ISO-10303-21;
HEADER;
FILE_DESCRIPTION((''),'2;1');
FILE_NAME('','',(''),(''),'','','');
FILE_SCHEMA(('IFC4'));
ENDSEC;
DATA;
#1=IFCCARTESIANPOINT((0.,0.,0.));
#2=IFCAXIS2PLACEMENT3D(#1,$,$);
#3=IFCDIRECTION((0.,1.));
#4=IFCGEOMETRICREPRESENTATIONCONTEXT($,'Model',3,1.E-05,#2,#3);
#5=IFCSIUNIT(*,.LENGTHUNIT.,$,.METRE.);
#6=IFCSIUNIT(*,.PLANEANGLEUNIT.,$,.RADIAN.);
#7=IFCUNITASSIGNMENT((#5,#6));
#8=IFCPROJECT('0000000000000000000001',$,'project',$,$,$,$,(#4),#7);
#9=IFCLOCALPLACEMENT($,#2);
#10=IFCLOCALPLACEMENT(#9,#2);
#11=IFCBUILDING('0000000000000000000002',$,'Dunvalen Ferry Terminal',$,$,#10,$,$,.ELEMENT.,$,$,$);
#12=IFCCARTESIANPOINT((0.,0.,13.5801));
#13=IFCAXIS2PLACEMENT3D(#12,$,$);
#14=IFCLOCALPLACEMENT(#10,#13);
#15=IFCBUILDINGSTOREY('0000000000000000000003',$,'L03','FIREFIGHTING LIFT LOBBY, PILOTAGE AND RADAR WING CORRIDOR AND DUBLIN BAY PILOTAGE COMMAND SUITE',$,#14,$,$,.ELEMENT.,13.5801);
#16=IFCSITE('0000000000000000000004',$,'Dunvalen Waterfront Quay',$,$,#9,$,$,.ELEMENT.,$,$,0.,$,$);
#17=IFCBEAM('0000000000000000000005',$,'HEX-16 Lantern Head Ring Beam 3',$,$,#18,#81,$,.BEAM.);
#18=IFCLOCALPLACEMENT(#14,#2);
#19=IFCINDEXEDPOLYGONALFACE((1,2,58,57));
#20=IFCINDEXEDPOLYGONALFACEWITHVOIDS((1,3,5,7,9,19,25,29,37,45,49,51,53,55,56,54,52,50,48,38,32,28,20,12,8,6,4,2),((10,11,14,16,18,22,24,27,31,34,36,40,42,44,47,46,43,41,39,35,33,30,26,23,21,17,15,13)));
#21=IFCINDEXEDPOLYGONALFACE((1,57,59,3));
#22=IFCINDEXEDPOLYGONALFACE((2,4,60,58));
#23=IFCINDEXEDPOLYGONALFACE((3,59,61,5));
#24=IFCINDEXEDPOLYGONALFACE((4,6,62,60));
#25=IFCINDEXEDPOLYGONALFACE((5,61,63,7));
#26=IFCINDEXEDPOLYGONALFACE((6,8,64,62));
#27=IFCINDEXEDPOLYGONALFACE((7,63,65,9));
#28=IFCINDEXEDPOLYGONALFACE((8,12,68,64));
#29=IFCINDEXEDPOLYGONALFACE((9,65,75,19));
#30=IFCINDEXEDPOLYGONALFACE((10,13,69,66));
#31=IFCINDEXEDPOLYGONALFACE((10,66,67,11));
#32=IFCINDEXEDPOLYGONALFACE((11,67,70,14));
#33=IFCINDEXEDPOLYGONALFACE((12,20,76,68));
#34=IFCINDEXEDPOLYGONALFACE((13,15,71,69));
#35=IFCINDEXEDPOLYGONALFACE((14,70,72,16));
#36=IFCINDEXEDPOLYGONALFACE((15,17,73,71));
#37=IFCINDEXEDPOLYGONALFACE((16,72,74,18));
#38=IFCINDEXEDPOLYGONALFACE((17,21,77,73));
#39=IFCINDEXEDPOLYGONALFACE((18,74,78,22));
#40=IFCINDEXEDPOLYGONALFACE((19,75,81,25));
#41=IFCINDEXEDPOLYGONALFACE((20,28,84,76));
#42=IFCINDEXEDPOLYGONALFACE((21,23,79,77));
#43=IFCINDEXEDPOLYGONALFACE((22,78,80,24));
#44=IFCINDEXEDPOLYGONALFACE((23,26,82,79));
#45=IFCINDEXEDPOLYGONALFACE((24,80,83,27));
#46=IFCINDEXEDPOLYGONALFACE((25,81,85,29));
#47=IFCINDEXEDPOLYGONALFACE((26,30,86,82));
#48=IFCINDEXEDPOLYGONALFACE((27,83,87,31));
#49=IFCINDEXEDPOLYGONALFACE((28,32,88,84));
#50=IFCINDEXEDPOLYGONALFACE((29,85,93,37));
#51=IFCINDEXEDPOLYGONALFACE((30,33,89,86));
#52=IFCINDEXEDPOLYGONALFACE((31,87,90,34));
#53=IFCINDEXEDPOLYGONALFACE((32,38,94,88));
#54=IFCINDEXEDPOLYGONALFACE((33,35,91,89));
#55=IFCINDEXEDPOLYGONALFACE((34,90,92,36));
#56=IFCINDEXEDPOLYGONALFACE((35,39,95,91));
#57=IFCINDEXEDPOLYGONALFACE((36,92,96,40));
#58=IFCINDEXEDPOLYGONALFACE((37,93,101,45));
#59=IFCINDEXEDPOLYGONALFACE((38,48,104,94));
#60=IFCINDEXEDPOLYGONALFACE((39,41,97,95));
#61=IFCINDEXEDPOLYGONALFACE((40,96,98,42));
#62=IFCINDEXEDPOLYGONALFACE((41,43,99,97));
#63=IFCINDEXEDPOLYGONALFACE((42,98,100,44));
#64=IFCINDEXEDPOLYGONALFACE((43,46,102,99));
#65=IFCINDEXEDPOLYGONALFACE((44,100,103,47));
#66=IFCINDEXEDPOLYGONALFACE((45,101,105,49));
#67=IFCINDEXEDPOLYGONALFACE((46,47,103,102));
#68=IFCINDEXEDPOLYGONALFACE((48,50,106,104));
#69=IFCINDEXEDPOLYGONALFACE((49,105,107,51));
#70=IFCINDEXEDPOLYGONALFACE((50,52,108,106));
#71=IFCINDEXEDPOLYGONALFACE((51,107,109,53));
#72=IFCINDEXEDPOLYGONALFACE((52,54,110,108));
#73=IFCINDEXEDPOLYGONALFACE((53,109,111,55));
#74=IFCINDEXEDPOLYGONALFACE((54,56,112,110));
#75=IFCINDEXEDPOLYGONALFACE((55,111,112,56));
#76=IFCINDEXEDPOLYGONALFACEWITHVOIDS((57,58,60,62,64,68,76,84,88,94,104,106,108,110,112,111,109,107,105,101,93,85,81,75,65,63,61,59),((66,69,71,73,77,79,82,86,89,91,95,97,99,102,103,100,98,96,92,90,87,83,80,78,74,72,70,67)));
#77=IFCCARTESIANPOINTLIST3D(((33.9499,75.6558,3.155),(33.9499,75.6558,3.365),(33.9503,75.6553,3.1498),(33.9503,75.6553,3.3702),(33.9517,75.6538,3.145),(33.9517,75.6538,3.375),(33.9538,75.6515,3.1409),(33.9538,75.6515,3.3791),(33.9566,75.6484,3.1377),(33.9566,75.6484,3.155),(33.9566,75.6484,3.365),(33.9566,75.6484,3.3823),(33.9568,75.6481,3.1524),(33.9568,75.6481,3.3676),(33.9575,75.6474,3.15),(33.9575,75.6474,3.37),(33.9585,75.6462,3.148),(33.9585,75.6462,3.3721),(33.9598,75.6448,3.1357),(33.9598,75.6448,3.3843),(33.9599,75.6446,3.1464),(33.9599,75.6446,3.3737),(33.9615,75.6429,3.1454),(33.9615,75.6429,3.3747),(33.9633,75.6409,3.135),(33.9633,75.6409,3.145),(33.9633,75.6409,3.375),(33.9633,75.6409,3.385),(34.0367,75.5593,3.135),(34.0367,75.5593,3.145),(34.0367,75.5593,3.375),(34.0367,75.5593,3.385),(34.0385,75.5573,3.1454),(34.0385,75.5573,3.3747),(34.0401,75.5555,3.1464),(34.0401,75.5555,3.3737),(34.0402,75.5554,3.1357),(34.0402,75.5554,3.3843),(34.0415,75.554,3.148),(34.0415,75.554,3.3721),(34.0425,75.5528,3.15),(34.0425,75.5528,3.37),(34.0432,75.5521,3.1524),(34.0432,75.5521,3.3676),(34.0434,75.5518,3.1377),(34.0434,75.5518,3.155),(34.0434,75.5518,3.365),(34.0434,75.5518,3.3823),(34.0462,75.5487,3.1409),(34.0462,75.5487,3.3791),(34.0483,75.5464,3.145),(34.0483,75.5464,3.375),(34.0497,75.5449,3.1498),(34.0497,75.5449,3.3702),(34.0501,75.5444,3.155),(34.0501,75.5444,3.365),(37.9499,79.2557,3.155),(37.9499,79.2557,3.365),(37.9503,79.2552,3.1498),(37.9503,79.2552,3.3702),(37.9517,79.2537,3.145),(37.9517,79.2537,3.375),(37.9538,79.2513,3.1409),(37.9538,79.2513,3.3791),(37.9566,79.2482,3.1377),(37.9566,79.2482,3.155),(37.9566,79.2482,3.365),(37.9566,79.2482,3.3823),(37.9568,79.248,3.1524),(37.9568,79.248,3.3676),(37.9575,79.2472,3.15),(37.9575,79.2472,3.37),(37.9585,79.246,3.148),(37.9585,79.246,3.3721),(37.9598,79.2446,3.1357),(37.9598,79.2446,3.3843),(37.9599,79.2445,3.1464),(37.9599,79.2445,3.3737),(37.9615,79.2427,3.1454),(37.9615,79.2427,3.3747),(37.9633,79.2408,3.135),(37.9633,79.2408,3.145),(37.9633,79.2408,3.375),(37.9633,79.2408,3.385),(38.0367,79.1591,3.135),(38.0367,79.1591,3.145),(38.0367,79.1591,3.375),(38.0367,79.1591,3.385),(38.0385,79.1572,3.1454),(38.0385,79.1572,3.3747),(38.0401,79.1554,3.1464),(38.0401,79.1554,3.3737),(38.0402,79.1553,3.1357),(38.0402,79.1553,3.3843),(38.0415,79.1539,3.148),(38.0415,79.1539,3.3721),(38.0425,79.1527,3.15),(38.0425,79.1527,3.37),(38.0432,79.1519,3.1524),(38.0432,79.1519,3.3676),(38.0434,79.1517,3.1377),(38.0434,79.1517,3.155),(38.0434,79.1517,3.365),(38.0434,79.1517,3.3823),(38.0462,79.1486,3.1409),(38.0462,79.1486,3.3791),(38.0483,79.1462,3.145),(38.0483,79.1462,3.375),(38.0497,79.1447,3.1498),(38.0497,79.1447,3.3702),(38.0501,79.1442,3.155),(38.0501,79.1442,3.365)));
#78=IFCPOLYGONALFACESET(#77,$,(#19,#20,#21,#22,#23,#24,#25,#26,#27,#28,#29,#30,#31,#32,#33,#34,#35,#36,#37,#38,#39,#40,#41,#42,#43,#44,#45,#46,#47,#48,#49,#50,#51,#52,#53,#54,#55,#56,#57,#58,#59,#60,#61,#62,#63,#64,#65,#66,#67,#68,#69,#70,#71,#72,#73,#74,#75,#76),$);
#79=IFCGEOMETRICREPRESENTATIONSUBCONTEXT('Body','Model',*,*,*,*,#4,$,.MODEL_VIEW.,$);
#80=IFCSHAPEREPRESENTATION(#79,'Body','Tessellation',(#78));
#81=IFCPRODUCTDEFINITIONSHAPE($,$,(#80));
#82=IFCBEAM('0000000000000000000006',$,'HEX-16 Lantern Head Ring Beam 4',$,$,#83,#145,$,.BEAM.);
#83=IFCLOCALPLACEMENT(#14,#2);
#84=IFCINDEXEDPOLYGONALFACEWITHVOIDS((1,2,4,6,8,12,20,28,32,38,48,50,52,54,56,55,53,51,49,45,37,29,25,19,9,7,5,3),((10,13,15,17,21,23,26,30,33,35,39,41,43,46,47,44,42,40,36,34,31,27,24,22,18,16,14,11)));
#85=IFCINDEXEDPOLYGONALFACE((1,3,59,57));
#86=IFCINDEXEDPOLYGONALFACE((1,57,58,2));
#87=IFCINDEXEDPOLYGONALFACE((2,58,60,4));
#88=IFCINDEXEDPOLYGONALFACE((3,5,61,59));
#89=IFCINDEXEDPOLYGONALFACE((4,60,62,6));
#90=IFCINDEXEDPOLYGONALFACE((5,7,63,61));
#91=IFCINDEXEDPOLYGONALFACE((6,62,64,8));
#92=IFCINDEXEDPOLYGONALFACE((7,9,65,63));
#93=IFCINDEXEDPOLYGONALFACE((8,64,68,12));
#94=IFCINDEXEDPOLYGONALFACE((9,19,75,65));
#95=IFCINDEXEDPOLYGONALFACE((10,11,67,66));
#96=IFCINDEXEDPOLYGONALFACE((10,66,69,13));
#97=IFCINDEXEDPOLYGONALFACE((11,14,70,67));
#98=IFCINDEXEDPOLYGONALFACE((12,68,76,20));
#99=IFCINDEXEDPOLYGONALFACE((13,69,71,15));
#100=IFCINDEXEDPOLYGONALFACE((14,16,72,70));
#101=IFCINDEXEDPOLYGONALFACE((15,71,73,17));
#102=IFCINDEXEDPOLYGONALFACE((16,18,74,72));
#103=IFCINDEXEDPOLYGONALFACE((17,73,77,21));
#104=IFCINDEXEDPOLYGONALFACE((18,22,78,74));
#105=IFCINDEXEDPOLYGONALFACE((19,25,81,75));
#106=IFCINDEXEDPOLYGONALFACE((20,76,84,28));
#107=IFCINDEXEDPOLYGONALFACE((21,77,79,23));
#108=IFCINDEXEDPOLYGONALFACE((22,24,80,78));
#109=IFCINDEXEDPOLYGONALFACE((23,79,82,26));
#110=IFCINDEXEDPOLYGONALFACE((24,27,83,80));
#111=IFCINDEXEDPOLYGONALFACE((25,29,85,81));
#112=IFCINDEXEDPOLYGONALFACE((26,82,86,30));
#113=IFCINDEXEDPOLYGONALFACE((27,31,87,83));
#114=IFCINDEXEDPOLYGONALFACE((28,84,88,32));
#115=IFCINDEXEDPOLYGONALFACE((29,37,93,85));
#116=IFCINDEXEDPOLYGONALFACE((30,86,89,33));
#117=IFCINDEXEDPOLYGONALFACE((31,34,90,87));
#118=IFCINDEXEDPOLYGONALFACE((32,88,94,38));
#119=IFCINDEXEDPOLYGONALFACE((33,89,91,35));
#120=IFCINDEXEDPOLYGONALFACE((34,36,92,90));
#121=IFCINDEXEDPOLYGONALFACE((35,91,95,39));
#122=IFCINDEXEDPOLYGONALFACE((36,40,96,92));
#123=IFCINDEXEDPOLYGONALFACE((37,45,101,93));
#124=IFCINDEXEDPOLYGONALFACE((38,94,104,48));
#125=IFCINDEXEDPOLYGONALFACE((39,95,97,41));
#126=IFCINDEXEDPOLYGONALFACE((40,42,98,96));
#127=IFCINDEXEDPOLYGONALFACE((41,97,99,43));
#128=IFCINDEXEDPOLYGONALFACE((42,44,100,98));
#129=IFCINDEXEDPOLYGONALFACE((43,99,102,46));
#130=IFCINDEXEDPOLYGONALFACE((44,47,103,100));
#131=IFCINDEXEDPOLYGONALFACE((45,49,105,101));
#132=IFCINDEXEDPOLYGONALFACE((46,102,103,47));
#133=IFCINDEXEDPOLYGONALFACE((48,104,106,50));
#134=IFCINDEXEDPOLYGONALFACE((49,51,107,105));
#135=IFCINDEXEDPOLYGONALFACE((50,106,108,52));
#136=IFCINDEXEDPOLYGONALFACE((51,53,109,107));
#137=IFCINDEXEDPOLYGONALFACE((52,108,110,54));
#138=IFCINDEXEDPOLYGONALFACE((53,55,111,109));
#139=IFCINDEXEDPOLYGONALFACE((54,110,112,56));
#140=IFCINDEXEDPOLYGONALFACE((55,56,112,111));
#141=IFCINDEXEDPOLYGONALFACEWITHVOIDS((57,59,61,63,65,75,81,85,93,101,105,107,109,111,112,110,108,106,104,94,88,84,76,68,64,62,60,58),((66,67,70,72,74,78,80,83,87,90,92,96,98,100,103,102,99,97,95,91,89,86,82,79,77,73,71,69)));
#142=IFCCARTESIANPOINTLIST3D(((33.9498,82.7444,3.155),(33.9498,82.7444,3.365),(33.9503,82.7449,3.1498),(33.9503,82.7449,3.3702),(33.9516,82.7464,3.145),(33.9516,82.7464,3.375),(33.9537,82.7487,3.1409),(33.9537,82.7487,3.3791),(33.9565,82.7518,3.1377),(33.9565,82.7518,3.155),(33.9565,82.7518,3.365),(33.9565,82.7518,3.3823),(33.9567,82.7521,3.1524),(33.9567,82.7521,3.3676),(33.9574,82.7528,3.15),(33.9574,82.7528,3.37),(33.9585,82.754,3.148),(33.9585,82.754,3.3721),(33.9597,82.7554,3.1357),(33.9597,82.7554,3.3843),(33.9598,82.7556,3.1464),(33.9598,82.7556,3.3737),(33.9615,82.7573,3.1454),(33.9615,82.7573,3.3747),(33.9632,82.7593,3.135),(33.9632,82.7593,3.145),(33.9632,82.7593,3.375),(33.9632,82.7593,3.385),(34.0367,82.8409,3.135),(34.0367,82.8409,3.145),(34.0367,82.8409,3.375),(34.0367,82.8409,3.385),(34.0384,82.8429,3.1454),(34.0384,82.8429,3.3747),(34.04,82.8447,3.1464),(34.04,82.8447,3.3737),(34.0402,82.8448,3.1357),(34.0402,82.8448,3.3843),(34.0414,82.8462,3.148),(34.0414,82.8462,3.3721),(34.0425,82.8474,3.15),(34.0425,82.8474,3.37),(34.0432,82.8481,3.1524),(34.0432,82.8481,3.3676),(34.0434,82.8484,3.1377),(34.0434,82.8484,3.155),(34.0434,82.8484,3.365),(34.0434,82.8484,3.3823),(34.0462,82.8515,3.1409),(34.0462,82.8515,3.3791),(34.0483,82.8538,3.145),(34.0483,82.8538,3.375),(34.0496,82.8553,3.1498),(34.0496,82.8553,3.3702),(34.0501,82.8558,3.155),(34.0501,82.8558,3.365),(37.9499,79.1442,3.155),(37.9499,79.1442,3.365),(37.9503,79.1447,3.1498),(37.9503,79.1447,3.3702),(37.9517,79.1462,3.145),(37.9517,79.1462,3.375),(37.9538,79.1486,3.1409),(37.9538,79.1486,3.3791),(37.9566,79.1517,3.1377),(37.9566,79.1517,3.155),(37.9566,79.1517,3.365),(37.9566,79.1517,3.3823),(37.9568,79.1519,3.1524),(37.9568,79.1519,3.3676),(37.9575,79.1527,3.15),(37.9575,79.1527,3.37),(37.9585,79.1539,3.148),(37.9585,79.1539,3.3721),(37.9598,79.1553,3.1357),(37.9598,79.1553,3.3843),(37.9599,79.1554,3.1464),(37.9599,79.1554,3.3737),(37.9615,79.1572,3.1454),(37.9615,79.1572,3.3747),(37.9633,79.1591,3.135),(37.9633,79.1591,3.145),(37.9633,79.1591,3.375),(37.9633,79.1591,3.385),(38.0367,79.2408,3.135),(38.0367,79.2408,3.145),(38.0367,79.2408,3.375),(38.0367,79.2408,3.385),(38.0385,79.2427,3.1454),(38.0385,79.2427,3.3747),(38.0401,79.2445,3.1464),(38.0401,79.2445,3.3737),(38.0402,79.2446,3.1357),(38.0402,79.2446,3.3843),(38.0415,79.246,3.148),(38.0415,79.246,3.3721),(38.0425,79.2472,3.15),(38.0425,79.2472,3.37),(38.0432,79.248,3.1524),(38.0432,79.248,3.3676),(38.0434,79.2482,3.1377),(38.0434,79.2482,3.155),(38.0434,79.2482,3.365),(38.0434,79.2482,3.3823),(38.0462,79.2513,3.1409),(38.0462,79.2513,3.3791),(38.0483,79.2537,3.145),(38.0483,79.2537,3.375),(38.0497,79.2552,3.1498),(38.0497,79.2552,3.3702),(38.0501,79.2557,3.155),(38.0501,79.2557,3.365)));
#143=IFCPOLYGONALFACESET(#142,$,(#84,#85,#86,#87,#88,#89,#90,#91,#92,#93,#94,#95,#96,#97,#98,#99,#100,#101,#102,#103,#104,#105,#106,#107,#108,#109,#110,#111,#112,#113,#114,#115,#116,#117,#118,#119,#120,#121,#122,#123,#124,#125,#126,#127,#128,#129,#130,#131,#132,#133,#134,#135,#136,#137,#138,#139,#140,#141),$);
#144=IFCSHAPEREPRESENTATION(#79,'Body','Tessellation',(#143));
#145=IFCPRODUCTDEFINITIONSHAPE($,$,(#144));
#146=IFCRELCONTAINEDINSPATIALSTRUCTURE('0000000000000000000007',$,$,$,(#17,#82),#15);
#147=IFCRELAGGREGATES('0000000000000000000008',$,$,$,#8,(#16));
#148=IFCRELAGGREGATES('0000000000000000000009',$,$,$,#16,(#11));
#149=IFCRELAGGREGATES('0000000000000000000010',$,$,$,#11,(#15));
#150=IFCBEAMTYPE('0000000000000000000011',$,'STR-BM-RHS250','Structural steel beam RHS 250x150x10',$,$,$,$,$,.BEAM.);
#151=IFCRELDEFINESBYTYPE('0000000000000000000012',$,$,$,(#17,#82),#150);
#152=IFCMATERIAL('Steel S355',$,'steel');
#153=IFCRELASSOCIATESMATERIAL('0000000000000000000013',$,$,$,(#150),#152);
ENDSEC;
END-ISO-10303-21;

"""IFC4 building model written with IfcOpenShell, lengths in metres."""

from ifc_helpers import new_model, si_unit, direction, frame, origin, origin_2d, place, context, subcontext, project, spatial, hollow_rectangle, extrude, material, material_profile, profile_set, type_object, element, save


model = new_model("IFC4")

# Units and contexts
model_context = context("Model", 3, precision=1e-05, world=origin(), true_north=direction((0.0, 1.0)))
body_context = subcontext(model_context, "Body", "Model", "MODEL_VIEW")
ifc_project = project(units=[si_unit("LENGTHUNIT", "METRE"), si_unit("PLANEANGLEUNIT", "RADIAN")], contexts=[model_context])

# Site, building, storey
site_placement = place(None, origin())
site = spatial("IfcSite", under=ifc_project, at=site_placement, Name="Dunvalen Waterfront Quay", CompositionType="ELEMENT", RefElevation=0.0)
building_placement = place(site_placement, origin())
building = spatial("IfcBuilding", under=site, at=building_placement, Name="Dunvalen Ferry Terminal", CompositionType="ELEMENT")
storey_placement = place(building_placement, frame((0.0, 0.0, 13.5801)))
storey = spatial("IfcBuildingStorey", under=building, at=storey_placement, Name="L03", Description="FIREFIGHTING LIFT LOBBY, PILOTAGE AND RADAR WING CORRIDOR AND DUBLIN BAY PILOTAGE COMMAND SUITE", CompositionType="ELEMENT", Elevation=13.5801)

# Beams
ifc_material_1 = material(Name="Steel S355", Category="steel")
ifc_material_profile_1 = material_profile(ifc_material_1, hollow_rectangle(XDim=0.1499, YDim=0.25, WallThickness=0.01, InnerFilletRadius=0.01, OuterFilletRadius=0.02, at=origin_2d()), Name="Steel S355")
ifc_profile_set_1 = profile_set([ifc_material_profile_1], Name="Steel S355")
beam_type = type_object("IfcBeamType", Name="STR-BM-RHS250", Description="Structural steel beam RHS 250x150x10", PredefinedType="BEAM", material=ifc_profile_set_1)
beam_1_placement = place(storey_placement, frame((34.0, 75.6001, 3.26), z_axis=(0.743308, 0.66895, 0.0), x_axis=(-0.66895, 0.743308, 0.0)))
element("IfcBeam", 1, at=beam_1_placement, inside=storey, type_object=beam_type, Name="HEX-16 Lantern Head Ring Beam 3", PredefinedType="BEAM", context=body_context, shape_type="SweptSolid", body=[
    extrude(hollow_rectangle(XDim=0.1499, YDim=0.25, WallThickness=0.01, InnerFilletRadius=0.01, OuterFilletRadius=0.02, at=origin_2d()), origin(), (0.0, 0.0, 1.0), 5.3813),
])
beam_2_placement = place(storey_placement, frame((38.0, 79.2, 3.26), z_axis=(-0.743285, 0.668975, 0.0), x_axis=(-0.668975, -0.743285, 0.0)))
element("IfcBeam", 2, at=beam_2_placement, inside=storey, type_object=beam_type, Name="HEX-16 Lantern Head Ring Beam 4", PredefinedType="BEAM", context=body_context, shape_type="SweptSolid", body=[
    extrude(hollow_rectangle(XDim=0.1499, YDim=0.25, WallThickness=0.01, InnerFilletRadius=0.01, OuterFilletRadius=0.02, at=origin_2d()), origin(), (0.0, 0.0, 1.0), 5.3816),
])

save(model, "model.ifc")
